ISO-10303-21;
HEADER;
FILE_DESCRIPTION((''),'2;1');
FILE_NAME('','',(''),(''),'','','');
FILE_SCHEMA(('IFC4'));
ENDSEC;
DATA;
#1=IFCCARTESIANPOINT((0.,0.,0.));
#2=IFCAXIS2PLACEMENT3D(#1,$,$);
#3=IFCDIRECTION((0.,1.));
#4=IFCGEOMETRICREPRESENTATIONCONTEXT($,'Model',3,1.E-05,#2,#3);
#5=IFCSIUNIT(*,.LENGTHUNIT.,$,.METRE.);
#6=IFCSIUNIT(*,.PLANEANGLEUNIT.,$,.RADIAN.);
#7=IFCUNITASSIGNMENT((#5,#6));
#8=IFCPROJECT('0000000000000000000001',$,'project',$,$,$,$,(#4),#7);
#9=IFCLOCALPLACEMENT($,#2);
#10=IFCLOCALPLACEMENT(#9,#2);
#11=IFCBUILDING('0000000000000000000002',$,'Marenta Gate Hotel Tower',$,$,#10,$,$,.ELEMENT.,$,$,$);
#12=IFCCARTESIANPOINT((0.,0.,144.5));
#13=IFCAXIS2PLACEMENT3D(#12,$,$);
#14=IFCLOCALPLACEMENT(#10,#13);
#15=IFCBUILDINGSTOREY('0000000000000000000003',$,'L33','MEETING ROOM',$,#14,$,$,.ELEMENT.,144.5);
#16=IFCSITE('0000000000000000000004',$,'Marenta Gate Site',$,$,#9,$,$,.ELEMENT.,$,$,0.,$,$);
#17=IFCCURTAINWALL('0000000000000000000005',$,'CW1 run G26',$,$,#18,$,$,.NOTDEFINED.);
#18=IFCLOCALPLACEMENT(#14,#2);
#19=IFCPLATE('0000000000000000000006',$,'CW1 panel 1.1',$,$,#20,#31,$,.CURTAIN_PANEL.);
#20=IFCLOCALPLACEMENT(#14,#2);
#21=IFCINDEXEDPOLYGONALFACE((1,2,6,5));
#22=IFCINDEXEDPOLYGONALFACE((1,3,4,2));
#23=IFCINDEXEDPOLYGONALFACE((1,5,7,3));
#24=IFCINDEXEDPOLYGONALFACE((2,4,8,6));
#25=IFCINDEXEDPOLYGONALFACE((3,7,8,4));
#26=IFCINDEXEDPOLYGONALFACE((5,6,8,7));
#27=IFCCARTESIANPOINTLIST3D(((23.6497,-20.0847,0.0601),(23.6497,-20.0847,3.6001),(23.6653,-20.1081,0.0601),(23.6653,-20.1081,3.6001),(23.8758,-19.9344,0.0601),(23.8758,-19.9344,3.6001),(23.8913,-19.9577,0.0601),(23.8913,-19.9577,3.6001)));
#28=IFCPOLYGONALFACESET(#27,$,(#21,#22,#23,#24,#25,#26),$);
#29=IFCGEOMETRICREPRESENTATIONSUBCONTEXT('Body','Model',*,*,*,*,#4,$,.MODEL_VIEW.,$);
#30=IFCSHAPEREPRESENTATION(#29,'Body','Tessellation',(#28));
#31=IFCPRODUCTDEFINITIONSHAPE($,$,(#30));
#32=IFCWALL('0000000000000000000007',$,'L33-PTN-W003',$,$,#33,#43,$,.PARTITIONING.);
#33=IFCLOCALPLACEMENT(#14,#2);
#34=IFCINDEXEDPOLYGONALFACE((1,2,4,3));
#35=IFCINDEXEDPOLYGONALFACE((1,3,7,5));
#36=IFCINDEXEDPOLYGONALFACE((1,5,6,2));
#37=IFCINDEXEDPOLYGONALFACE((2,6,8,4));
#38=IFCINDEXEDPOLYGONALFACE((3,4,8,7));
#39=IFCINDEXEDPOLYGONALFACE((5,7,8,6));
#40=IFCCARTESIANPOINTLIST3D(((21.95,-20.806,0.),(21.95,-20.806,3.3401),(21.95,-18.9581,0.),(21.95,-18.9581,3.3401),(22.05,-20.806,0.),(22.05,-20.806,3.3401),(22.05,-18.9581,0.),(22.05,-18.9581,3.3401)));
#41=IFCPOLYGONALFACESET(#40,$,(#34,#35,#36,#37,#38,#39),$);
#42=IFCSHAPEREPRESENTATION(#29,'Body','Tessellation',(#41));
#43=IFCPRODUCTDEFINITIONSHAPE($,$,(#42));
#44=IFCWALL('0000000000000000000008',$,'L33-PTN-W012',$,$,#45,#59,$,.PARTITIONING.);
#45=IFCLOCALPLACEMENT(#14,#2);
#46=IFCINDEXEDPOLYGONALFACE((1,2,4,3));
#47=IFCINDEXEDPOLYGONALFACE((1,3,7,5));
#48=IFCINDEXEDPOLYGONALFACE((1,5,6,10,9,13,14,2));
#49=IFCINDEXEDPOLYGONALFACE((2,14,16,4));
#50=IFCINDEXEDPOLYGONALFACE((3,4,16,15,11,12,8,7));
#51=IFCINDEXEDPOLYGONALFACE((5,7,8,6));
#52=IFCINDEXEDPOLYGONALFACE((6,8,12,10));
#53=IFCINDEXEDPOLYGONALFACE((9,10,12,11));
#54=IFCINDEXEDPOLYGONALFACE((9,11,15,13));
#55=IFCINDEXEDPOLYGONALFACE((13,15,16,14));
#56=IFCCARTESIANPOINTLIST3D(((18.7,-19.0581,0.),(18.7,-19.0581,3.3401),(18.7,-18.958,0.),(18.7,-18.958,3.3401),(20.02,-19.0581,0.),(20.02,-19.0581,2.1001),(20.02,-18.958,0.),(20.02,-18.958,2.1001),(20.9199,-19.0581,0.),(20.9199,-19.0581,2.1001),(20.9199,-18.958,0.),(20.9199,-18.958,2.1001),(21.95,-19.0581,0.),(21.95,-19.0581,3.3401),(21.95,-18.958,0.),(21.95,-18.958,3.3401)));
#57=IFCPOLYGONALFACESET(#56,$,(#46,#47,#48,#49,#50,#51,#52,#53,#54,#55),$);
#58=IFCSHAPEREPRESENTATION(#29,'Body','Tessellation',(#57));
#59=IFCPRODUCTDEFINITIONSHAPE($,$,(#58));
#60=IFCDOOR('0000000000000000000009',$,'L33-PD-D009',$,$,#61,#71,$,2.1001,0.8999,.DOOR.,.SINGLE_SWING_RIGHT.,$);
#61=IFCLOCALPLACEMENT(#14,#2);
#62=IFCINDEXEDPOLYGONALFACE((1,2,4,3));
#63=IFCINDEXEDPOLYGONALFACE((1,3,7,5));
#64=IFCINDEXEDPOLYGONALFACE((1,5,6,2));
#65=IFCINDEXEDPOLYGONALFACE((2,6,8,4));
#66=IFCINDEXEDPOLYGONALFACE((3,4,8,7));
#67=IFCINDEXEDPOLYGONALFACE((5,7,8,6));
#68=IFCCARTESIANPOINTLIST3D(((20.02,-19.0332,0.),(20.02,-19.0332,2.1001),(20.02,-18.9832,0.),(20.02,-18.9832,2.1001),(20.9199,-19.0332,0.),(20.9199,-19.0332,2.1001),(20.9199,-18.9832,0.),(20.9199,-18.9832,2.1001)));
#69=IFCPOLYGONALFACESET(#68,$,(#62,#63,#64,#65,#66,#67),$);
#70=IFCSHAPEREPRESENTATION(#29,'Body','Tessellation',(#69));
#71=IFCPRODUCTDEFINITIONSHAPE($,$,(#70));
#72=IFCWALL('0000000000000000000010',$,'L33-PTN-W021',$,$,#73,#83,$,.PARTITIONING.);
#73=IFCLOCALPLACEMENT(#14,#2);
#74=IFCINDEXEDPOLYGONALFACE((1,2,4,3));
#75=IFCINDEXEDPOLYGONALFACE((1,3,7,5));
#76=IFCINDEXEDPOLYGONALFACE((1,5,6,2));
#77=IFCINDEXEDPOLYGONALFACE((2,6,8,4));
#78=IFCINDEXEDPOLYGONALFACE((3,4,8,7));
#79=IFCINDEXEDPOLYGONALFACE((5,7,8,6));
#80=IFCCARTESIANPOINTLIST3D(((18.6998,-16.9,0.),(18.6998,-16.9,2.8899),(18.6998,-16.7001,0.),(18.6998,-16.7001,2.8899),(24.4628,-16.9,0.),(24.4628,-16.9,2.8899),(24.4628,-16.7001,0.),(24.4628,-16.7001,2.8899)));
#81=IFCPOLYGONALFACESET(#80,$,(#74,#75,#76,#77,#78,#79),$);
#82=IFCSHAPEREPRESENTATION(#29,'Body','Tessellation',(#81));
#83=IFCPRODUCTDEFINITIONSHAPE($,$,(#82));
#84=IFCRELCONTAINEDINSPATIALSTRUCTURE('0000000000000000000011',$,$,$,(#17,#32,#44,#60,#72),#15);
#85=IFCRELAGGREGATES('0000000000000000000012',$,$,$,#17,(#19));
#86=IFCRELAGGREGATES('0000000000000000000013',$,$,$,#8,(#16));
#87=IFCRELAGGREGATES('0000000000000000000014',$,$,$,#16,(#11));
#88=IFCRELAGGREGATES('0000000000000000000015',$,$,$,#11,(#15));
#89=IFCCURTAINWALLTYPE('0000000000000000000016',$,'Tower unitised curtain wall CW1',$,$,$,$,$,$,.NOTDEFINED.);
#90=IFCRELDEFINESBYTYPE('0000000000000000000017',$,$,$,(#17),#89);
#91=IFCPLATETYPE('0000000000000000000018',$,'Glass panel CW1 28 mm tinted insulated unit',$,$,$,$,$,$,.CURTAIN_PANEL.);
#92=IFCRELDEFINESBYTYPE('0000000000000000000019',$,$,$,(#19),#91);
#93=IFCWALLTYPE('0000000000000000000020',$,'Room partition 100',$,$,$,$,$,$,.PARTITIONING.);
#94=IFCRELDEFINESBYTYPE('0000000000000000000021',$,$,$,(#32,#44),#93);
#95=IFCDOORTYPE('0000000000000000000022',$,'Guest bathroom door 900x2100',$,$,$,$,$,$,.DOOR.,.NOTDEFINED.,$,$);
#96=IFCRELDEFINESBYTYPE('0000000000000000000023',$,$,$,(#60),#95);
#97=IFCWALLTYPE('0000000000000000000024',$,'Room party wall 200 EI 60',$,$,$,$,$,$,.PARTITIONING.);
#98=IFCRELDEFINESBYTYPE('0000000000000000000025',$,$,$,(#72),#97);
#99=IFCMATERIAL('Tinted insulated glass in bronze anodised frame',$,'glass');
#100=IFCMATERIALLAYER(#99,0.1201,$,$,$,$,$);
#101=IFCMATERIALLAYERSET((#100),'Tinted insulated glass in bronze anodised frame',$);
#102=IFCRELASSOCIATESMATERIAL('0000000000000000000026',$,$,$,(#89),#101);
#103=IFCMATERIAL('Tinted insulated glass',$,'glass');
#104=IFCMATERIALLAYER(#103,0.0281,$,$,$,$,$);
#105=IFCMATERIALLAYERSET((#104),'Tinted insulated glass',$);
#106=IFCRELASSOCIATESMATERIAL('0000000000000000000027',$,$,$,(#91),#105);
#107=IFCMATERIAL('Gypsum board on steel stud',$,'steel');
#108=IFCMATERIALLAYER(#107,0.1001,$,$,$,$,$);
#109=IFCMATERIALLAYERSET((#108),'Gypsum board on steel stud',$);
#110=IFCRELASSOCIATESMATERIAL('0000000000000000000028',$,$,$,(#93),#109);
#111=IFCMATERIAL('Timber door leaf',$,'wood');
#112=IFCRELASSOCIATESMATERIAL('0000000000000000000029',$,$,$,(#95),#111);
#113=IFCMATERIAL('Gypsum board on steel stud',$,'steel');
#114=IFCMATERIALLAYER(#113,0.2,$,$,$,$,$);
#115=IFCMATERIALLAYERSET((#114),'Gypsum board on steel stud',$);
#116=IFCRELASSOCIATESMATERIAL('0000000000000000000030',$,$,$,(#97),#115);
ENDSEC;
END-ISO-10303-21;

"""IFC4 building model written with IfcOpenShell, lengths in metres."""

from ifc_helpers import new_model, si_unit, direction, frame, frame_2d, origin, origin_2d, place, context, subcontext, project, spatial, rectangle, extrude, material, layer, layer_set, type_object, element, fill, aggregate, save


model = new_model("IFC4")

# Units and contexts
model_context = context("Model", 3, precision=1e-05, world=origin(), true_north=direction((0.0, 1.0)))
body_context = subcontext(model_context, "Body", "Model", "MODEL_VIEW")
ifc_project = project(units=[si_unit("LENGTHUNIT", "METRE"), si_unit("PLANEANGLEUNIT", "RADIAN")], contexts=[model_context])

# Site, building, storey
site_placement = place(None, origin())
site = spatial("IfcSite", under=ifc_project, at=site_placement, Name="Marenta Gate Site", CompositionType="ELEMENT", RefElevation=0.0)
building_placement = place(site_placement, origin())
building = spatial("IfcBuilding", under=site, at=building_placement, Name="Marenta Gate Hotel Tower", CompositionType="ELEMENT")
storey_placement = place(building_placement, frame((0.0, 0.0, 144.5)))
storey = spatial("IfcBuildingStorey", under=building, at=storey_placement, Name="L33", Description="MEETING ROOM", CompositionType="ELEMENT", Elevation=144.5)

# Curtain wall
ifc_material_1 = material(Name="Tinted insulated glass in bronze anodised frame", Category="glass")
ifc_layer_1 = layer(ifc_material_1, 0.1201)
ifc_layer_set_1 = layer_set([ifc_layer_1], Name="Tinted insulated glass in bronze anodised frame")
curtain_wall_type = type_object("IfcCurtainWallType", Name="Tower unitised curtain wall CW1", PredefinedType="NOTDEFINED", material=ifc_layer_set_1)
curtain_wall_1_placement = place(storey_placement, origin())
curtain_wall_1 = element("IfcCurtainWall", 1, at=curtain_wall_1_placement, inside=storey, type_object=curtain_wall_type, Name="CW1 run G26", PredefinedType="NOTDEFINED")

# Plate
ifc_material_2 = material(Name="Tinted insulated glass", Category="glass")
ifc_layer_2 = layer(ifc_material_2, 0.0281)
ifc_layer_set_2 = layer_set([ifc_layer_2], Name="Tinted insulated glass")
plate_type = type_object("IfcPlateType", Name="Glass panel CW1 28 mm tinted insulated unit", PredefinedType="CURTAIN_PANEL", material=ifc_layer_set_2)
plate_1_placement = place(storey_placement, frame((23.7705, -20.0212, 0.0601), z_axis=(0.0, 0.0, 1.0), x_axis=(0.832607, 0.553865, 0.0)))
plate_1 = element("IfcPlate", 2, at=plate_1_placement, type_object=plate_type, Name="CW1 panel 1.1", PredefinedType="CURTAIN_PANEL", context=body_context, shape_type="SweptSolid", body=[
    extrude(rectangle(XDim=0.2715, YDim=0.0281, at=origin_2d()), origin(), (0.0, 0.0, 1.0), 3.54),
])
aggregate(curtain_wall_1, [plate_1])

# Wall
ifc_material_3 = material(Name="Gypsum board on steel stud", Category="steel")
ifc_layer_3 = layer(ifc_material_3, 0.1001)
ifc_layer_set_3 = layer_set([ifc_layer_3], Name="Gypsum board on steel stud")
wall_type_1 = type_object("IfcWallType", Name="Room partition 100", PredefinedType="PARTITIONING", material=ifc_layer_set_3)
wall_1_placement = place(storey_placement, frame((22.0, -20.8059, 0.0), z_axis=(0.0, 0.0, 1.0), x_axis=(0.0, 1.0, 0.0)))
element("IfcWall", 3, at=wall_1_placement, inside=storey, type_object=wall_type_1, Name="L33-PTN-W003", PredefinedType="PARTITIONING", context=body_context, shape_type="SweptSolid", body=[
    extrude(rectangle(XDim=1.8479, YDim=0.1001, at=frame_2d((0.9238, 0.0))), origin(), (0.0, 0.0, 1.0), 3.3401),
])

# Wall, opening, door
wall_2_placement = place(storey_placement, frame((18.7, -19.0081, 0.0), z_axis=(0.0, 0.0, 1.0), x_axis=(1.0, 0.0, 0.0)))
wall_2 = element("IfcWall", 4, at=wall_2_placement, inside=storey, type_object=wall_type_1, Name="L33-PTN-W012", PredefinedType="PARTITIONING", context=body_context, shape_type="SweptSolid", body=[
    extrude(rectangle(XDim=3.25, YDim=0.1001, at=frame_2d((1.625, 0.0))), origin(), (0.0, 0.0, 1.0), 3.3401),
])
opening_1_placement = place(wall_2_placement, frame((1.3201, 0.0, 0.0)))
opening_1 = element("IfcOpeningElement", 5, at=opening_1_placement, cuts=wall_2, PredefinedType="OPENING", context=body_context, shape_type="SweptSolid", body=[
    extrude(rectangle(XDim=0.8999, YDim=2.1001, at=frame_2d((0.45, 1.05))), frame((0.0, 0.05, 0.0), z_axis=(0.0, -1.0, 0.0), x_axis=(1.0, 0.0, 0.0)), (0.0, 0.0, 1.0), 0.1001),
])
ifc_material_4 = material(Name="Timber door leaf", Category="wood")
door_type_1 = type_object("IfcDoorType", Name="Guest bathroom door 900x2100", OperationType="NOTDEFINED", PredefinedType="DOOR", material=ifc_material_4)
door_1_placement = place(opening_1_placement, origin())
door_1 = element("IfcDoor", 6, at=door_1_placement, inside=storey, type_object=door_type_1, Name="L33-PD-D009", OperationType="SINGLE_SWING_RIGHT", OverallHeight=2.1001, OverallWidth=0.8999, PredefinedType="DOOR", context=body_context, shape_type="SweptSolid", body=[
    extrude(rectangle(XDim=0.8999, YDim=2.1001, at=frame_2d((0.45, 1.05))), frame((0.0, 0.0249, 0.0), z_axis=(0.0, -1.0, 0.0), x_axis=(1.0, 0.0, 0.0)), (0.0, 0.0, 1.0), 0.05),
])
fill(opening_1, door_1)

# Wall
ifc_material_5 = material(Name="Gypsum board on steel stud", Category="steel")
ifc_layer_4 = layer(ifc_material_5, 0.2)
ifc_layer_set_4 = layer_set([ifc_layer_4], Name="Gypsum board on steel stud")
wall_type_2 = type_object("IfcWallType", Name="Room party wall 200 EI 60", PredefinedType="PARTITIONING", material=ifc_layer_set_4)
wall_3_placement = place(storey_placement, frame((18.7, -16.8, 0.0), z_axis=(0.0, 0.0, 1.0), x_axis=(1.0, 0.0, 0.0)))
element("IfcWall", 7, at=wall_3_placement, inside=storey, type_object=wall_type_2, Name="L33-PTN-W021", PredefinedType="PARTITIONING", context=body_context, shape_type="SweptSolid", body=[
    extrude(rectangle(XDim=5.7629, YDim=0.2, at=frame_2d((2.8813, 0.0))), origin(), (0.0, 0.0, 1.0), 2.8899),
])

save(model, "model.ifc")
